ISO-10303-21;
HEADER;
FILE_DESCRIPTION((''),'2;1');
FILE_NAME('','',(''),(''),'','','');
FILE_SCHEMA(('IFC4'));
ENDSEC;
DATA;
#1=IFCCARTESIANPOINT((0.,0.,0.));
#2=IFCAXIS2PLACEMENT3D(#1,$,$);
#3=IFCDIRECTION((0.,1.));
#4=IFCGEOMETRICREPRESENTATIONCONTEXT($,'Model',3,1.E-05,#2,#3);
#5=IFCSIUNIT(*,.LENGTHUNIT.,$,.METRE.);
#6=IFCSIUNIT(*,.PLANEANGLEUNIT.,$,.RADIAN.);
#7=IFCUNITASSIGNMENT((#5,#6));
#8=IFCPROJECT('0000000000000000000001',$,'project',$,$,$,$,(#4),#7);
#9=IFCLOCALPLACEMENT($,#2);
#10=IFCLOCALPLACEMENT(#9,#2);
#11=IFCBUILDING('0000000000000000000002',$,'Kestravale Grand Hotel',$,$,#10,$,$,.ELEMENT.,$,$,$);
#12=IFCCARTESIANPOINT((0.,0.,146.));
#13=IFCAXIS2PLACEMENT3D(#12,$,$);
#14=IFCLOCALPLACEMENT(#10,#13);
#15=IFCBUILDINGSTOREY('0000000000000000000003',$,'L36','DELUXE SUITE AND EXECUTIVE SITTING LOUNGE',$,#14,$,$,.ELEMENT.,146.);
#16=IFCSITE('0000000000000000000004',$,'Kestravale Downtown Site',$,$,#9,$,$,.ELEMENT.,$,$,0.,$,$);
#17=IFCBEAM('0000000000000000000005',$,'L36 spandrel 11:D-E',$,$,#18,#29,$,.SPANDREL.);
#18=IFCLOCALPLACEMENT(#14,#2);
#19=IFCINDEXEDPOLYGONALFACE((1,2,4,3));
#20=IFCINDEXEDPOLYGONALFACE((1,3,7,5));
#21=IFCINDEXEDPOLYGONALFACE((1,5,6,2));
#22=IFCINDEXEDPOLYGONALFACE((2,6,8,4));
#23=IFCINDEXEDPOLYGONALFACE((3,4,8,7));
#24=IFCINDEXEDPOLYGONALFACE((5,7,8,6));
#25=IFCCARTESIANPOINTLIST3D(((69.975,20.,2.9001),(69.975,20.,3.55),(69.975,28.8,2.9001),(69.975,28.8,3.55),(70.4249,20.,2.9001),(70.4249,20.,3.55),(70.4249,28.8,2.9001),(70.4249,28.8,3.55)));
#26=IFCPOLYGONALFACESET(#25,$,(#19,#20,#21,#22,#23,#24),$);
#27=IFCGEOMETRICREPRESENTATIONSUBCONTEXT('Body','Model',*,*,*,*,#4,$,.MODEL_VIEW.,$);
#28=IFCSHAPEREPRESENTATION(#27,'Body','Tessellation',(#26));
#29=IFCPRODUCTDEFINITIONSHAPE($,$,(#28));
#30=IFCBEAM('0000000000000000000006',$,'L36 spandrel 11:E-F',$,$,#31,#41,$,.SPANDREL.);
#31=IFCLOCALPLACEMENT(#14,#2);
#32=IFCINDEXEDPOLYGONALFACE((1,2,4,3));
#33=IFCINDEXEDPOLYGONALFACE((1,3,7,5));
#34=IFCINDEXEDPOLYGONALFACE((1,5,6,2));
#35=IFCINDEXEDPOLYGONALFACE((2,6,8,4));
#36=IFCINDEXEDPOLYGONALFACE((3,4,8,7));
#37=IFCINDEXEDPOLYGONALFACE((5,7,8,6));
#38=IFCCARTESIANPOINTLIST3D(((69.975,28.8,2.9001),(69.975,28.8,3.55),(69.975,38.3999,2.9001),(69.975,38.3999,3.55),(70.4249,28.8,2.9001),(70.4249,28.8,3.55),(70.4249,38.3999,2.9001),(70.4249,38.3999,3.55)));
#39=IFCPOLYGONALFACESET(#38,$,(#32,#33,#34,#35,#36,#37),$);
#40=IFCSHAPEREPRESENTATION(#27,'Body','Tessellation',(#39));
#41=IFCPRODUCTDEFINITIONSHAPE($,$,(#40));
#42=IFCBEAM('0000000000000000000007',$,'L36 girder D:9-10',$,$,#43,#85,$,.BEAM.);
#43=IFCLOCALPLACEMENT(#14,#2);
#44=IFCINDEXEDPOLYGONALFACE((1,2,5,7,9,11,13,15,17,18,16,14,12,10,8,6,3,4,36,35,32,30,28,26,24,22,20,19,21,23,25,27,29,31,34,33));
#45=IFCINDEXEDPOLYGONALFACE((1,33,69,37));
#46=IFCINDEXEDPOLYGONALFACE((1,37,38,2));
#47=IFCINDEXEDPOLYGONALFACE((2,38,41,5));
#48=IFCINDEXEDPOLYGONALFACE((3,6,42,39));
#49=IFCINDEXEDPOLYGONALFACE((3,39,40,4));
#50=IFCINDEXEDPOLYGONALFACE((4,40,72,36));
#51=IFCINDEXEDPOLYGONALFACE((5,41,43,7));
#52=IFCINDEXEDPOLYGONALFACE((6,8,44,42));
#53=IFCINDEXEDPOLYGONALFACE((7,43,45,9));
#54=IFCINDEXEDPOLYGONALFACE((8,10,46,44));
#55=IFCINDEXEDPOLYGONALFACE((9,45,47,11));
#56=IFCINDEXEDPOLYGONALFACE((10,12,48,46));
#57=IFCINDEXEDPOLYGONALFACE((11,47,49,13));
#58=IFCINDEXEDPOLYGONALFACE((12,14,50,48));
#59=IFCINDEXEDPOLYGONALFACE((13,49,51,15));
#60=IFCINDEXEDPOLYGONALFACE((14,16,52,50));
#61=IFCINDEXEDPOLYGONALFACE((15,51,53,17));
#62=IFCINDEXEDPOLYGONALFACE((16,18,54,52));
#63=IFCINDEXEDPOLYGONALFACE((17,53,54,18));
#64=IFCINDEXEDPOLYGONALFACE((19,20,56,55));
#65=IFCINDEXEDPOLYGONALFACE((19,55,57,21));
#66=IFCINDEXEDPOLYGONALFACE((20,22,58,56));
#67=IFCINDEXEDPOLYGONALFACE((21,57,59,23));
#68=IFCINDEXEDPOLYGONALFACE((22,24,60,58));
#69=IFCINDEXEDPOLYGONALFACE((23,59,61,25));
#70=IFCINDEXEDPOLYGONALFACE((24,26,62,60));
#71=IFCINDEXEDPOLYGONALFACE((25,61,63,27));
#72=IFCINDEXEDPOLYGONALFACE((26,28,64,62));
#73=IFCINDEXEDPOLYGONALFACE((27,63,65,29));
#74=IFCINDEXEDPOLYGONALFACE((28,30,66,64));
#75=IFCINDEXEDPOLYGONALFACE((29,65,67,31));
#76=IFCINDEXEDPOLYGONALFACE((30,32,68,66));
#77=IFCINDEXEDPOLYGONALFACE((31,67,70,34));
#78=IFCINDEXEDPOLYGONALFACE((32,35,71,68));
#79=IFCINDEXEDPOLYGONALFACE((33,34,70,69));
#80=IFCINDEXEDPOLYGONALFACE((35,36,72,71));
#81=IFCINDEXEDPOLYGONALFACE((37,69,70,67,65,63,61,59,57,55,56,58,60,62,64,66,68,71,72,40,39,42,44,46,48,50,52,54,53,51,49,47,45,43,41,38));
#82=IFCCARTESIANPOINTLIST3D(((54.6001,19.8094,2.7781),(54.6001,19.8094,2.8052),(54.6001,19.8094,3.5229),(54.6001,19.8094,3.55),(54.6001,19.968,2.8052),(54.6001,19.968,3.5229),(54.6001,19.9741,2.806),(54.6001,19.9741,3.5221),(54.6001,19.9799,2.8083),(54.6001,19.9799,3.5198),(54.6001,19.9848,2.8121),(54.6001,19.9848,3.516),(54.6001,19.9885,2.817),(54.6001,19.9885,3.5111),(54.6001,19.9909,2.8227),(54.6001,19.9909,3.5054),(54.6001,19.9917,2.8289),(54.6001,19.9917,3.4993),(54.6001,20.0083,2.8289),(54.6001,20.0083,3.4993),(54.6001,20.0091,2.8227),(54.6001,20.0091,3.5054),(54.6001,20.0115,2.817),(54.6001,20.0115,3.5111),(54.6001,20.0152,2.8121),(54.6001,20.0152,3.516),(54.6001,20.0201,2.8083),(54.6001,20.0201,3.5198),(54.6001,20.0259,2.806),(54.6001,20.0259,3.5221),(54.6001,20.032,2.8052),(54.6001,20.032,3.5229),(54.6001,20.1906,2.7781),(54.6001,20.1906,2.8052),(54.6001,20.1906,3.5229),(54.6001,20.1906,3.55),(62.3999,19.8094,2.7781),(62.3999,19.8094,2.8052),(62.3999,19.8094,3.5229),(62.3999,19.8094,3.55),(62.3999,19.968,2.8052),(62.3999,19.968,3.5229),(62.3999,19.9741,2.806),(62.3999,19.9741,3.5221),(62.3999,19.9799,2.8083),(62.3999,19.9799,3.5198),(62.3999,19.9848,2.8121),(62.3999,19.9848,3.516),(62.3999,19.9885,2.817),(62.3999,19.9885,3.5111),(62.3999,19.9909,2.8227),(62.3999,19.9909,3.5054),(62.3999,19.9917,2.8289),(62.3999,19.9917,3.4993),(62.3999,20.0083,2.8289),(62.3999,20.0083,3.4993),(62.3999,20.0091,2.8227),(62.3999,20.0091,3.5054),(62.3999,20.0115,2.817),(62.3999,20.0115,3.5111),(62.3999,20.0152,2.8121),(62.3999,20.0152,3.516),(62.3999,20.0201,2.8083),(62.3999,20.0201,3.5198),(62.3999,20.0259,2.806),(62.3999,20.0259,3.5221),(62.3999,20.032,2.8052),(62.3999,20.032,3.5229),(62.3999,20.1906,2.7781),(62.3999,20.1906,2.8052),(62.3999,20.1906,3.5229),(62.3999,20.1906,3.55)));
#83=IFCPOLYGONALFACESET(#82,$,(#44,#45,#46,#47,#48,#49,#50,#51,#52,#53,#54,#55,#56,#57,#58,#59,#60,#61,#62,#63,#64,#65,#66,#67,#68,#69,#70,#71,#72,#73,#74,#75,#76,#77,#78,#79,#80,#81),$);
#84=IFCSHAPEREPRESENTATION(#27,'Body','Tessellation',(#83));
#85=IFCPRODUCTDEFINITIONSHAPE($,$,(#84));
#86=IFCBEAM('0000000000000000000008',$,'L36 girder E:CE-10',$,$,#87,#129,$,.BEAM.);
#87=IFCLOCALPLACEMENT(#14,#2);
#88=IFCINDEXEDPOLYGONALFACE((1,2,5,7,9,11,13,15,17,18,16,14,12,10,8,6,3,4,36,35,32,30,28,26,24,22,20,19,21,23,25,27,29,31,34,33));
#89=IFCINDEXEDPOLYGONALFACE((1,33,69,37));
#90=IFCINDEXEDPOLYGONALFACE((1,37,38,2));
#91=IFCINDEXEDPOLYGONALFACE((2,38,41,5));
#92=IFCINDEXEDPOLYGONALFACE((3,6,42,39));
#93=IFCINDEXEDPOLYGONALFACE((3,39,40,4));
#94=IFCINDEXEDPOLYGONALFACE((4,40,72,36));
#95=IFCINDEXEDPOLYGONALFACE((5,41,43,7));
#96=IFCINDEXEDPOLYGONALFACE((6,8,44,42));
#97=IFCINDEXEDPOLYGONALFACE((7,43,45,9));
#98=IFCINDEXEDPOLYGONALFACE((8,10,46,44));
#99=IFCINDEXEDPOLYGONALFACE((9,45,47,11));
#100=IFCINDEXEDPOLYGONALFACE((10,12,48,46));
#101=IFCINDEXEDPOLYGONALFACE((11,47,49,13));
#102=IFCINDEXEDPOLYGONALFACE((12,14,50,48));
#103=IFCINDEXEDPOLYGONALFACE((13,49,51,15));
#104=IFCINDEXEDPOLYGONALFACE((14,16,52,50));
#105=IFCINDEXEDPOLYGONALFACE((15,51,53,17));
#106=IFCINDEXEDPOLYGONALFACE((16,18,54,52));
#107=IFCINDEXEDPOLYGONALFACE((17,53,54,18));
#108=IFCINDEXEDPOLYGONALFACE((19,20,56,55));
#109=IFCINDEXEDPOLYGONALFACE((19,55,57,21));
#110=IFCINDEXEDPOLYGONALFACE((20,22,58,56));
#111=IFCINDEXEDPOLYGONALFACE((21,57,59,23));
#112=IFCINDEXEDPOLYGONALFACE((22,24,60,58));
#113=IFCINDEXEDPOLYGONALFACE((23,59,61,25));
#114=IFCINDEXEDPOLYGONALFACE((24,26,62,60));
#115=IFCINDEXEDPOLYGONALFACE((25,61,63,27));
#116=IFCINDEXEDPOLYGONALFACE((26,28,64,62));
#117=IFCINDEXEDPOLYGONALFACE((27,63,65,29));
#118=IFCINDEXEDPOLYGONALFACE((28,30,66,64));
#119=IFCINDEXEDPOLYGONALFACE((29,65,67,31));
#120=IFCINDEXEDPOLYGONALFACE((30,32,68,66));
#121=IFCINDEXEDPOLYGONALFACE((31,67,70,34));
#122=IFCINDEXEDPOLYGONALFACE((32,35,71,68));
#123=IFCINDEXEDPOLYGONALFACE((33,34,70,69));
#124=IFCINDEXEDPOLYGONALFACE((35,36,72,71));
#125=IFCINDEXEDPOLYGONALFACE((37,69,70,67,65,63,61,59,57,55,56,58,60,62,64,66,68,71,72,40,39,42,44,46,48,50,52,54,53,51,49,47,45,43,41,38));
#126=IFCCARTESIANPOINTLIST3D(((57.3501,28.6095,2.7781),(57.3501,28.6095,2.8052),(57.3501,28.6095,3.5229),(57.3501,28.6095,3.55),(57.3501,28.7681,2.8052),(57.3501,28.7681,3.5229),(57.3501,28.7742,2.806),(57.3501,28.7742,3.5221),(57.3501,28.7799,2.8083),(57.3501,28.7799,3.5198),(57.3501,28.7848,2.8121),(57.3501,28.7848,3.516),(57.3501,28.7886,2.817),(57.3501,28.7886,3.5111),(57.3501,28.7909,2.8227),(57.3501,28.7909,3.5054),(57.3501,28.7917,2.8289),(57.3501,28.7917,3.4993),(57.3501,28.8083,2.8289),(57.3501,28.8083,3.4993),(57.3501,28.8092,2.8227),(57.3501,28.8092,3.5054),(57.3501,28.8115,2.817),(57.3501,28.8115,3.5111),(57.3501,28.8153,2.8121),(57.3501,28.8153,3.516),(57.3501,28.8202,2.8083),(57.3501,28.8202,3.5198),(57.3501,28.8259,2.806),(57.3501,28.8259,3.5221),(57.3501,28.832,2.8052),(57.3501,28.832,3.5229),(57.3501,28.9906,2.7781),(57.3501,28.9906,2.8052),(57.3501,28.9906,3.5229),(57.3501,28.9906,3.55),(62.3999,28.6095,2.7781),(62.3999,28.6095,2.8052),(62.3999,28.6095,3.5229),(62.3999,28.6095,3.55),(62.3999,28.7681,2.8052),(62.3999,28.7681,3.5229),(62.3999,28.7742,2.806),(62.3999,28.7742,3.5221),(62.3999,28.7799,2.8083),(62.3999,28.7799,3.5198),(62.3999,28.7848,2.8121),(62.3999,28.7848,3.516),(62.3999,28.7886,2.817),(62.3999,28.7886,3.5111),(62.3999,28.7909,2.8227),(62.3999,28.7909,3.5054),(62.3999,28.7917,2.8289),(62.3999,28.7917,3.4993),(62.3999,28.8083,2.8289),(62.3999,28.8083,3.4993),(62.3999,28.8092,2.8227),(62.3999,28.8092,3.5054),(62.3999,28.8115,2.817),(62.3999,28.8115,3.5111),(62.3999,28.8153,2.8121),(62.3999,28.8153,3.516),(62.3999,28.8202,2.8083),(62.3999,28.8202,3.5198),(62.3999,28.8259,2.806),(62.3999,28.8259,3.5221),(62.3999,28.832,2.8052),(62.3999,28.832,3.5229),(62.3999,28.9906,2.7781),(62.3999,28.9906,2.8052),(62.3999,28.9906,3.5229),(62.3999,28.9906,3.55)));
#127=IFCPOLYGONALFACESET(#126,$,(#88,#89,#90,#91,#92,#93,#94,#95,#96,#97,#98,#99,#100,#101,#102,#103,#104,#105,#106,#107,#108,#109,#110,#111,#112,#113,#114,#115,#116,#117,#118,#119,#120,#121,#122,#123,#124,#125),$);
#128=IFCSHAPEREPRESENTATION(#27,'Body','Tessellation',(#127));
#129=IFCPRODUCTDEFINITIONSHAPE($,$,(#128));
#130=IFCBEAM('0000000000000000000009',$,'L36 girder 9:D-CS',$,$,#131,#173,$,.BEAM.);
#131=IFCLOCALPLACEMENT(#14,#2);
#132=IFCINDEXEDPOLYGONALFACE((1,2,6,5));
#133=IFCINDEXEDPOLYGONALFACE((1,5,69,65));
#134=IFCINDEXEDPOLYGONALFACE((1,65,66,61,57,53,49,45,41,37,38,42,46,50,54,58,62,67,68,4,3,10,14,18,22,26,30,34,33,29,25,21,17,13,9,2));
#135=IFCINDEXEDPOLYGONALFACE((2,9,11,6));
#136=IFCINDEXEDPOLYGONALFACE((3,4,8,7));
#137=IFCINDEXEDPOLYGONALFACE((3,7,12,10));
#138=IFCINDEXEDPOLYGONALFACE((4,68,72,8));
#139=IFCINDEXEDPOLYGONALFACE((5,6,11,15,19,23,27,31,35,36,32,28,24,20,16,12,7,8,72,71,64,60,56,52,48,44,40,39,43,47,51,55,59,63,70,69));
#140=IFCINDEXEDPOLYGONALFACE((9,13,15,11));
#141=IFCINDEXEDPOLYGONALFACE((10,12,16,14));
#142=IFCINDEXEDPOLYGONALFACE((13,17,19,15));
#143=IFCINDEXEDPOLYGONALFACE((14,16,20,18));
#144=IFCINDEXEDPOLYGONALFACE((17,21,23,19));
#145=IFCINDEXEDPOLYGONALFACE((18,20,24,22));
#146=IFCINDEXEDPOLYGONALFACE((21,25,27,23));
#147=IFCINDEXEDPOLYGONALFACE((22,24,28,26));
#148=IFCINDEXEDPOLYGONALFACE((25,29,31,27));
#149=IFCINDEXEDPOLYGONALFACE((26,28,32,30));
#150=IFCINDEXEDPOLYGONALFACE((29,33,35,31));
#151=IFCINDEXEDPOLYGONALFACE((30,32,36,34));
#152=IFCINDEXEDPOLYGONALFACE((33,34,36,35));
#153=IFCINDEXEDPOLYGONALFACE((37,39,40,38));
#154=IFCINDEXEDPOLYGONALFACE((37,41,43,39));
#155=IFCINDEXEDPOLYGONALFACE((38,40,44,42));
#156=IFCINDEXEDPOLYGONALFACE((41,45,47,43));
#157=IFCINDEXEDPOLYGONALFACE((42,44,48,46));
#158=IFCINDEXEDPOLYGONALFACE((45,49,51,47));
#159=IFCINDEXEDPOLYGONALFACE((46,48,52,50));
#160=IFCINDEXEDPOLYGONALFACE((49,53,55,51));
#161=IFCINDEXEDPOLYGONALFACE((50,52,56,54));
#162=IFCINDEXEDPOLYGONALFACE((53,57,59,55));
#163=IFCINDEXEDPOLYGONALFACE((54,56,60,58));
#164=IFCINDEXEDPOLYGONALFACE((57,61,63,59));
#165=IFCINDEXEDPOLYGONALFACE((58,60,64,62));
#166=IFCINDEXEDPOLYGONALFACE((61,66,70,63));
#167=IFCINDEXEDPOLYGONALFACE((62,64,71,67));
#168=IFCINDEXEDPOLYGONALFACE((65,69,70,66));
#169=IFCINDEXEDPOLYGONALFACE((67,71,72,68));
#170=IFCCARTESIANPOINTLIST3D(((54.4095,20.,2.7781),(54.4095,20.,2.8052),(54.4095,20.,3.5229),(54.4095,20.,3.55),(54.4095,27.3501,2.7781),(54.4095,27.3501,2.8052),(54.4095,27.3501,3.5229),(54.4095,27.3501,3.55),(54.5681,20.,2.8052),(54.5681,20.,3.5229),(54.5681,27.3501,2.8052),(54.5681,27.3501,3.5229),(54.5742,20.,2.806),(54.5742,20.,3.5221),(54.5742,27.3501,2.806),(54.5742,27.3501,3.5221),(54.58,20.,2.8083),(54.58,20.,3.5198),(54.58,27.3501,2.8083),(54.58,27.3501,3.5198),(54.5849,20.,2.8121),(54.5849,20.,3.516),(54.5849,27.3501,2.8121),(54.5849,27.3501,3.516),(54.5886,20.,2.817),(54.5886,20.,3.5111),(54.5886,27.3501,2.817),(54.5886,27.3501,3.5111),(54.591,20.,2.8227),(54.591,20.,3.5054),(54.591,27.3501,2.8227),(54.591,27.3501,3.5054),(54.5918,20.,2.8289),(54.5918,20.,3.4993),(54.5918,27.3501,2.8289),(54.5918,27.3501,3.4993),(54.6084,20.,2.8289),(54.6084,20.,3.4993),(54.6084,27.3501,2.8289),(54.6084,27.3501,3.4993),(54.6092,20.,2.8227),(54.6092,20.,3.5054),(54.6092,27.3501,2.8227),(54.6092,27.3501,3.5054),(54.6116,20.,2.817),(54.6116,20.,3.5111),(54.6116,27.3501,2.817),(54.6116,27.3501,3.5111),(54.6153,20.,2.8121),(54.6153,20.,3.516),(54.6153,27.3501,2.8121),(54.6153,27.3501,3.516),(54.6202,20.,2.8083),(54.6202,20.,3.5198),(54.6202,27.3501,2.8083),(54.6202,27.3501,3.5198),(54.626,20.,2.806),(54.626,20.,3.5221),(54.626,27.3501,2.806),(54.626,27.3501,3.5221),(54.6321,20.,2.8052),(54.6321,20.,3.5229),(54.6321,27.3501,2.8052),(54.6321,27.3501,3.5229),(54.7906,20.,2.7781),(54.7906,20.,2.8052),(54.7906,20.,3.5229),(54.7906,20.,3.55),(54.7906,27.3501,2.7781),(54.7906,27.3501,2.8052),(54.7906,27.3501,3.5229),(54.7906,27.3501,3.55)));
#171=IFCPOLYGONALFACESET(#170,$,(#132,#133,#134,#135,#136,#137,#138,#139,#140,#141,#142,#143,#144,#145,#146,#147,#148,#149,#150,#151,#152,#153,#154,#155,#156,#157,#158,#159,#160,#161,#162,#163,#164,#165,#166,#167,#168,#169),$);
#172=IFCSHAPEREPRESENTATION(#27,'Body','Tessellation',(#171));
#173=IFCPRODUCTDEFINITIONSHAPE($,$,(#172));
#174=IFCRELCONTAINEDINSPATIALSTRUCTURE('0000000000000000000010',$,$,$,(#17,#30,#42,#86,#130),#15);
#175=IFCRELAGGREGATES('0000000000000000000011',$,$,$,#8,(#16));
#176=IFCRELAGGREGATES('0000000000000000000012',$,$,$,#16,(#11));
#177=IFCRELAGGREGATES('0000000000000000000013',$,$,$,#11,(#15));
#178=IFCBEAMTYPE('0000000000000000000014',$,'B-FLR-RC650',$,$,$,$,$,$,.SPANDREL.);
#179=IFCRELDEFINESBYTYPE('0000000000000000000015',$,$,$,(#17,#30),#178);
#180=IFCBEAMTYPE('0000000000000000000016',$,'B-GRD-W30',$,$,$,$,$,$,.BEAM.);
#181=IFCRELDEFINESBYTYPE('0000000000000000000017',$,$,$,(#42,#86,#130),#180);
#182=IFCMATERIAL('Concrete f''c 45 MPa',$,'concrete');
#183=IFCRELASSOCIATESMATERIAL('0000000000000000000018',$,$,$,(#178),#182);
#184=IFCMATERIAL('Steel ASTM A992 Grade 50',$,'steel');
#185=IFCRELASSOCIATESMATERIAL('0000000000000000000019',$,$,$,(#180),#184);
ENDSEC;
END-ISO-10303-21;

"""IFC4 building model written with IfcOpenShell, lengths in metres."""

from ifc_helpers import new_model, si_unit, direction, frame, origin, origin_2d, place, context, subcontext, project, spatial, rectangle, i_section, extrude, material, material_profile, profile_set, type_object, element, save


model = new_model("IFC4")

# Units and contexts
model_context = context("Model", 3, precision=1e-05, world=origin(), true_north=direction((0.0, 1.0)))
body_context = subcontext(model_context, "Body", "Model", "MODEL_VIEW")
ifc_project = project(units=[si_unit("LENGTHUNIT", "METRE"), si_unit("PLANEANGLEUNIT", "RADIAN")], contexts=[model_context])

# Site, building, storey
site_placement = place(None, origin())
site = spatial("IfcSite", under=ifc_project, at=site_placement, Name="Kestravale Downtown Site", CompositionType="ELEMENT", RefElevation=0.0)
building_placement = place(site_placement, origin())
building = spatial("IfcBuilding", under=site, at=building_placement, Name="Kestravale Grand Hotel", CompositionType="ELEMENT")
storey_placement = place(building_placement, frame((0.0, 0.0, 146.0)))
storey = spatial("IfcBuildingStorey", under=building, at=storey_placement, Name="L36", Description="DELUXE SUITE AND EXECUTIVE SITTING LOUNGE", CompositionType="ELEMENT", Elevation=146.0)

# Beams
ifc_material_1 = material(Name="Concrete f'c 45 MPa", Category="concrete")
ifc_material_profile_1 = material_profile(ifc_material_1, rectangle(XDim=0.45, YDim=0.6499, at=origin_2d()))
ifc_profile_set_1 = profile_set([ifc_material_profile_1], Name="Concrete f'c 45 MPa")
beam_type_1 = type_object("IfcBeamType", Name="B-FLR-RC650", PredefinedType="SPANDREL", material=ifc_profile_set_1)
beam_1_placement = place(storey_placement, frame((70.2, 20.0, 3.2251), z_axis=(0.0, 1.0, 0.0), x_axis=(-1.0, 0.0, 0.0)))
element("IfcBeam", 1, at=beam_1_placement, inside=storey, type_object=beam_type_1, Name="L36 spandrel 11:D-E", PredefinedType="SPANDREL", context=body_context, shape_type="SweptSolid", body=[
    extrude(rectangle(XDim=0.45, YDim=0.6499, at=origin_2d()), origin(), (0.0, 0.0, 1.0), 8.8),
])
beam_2_placement = place(storey_placement, frame((70.2, 28.8, 3.2251), z_axis=(0.0, 1.0, 0.0), x_axis=(-1.0, 0.0, 0.0)))
element("IfcBeam", 2, at=beam_2_placement, inside=storey, type_object=beam_type_1, Name="L36 spandrel 11:E-F", PredefinedType="SPANDREL", context=body_context, shape_type="SweptSolid", body=[
    extrude(rectangle(XDim=0.45, YDim=0.6499, at=origin_2d()), origin(), (0.0, 0.0, 1.0), 9.5999),
])
ifc_material_2 = material(Name="Steel ASTM A992 Grade 50", Category="steel")
ifc_material_profile_2 = material_profile(ifc_material_2, i_section(OverallWidth=0.3811, OverallDepth=0.772, WebThickness=0.0166, FlangeThickness=0.0271, FilletRadius=0.0237, at=origin_2d()))
ifc_profile_set_2 = profile_set([ifc_material_profile_2], Name="Steel ASTM A992 Grade 50")
beam_type_2 = type_object("IfcBeamType", Name="B-GRD-W30", PredefinedType="BEAM", material=ifc_profile_set_2)
beam_3_placement = place(storey_placement, frame((54.6001, 20.0, 3.1641), z_axis=(1.0, 0.0, 0.0), x_axis=(0.0, 1.0, 0.0)))
element("IfcBeam", 3, at=beam_3_placement, inside=storey, type_object=beam_type_2, Name="L36 girder D:9-10", PredefinedType="BEAM", context=body_context, shape_type="SweptSolid", body=[
    extrude(i_section(OverallWidth=0.3811, OverallDepth=0.772, WebThickness=0.0166, FlangeThickness=0.0271, FilletRadius=0.0237, at=origin_2d()), origin(), (0.0, 0.0, 1.0), 7.7998),
])
beam_4_placement = place(storey_placement, frame((57.3501, 28.8, 3.1641), z_axis=(1.0, 0.0, 0.0), x_axis=(0.0, 1.0, 0.0)))
element("IfcBeam", 4, at=beam_4_placement, inside=storey, type_object=beam_type_2, Name="L36 girder E:CE-10", PredefinedType="BEAM", context=body_context, shape_type="SweptSolid", body=[
    extrude(i_section(OverallWidth=0.3811, OverallDepth=0.772, WebThickness=0.0166, FlangeThickness=0.0271, FilletRadius=0.0237, at=origin_2d()), origin(), (0.0, 0.0, 1.0), 5.0498),
])
beam_5_placement = place(storey_placement, frame((54.6001, 20.0, 3.1641), z_axis=(0.0, 1.0, 0.0), x_axis=(-1.0, 0.0, 0.0)))
element("IfcBeam", 5, at=beam_5_placement, inside=storey, type_object=beam_type_2, Name="L36 girder 9:D-CS", PredefinedType="BEAM", context=body_context, shape_type="SweptSolid", body=[
    extrude(i_section(OverallWidth=0.3811, OverallDepth=0.772, WebThickness=0.0166, FlangeThickness=0.0271, FilletRadius=0.0237, at=origin_2d()), origin(), (0.0, 0.0, 1.0), 7.3501),
])

save(model, "model.ifc")
